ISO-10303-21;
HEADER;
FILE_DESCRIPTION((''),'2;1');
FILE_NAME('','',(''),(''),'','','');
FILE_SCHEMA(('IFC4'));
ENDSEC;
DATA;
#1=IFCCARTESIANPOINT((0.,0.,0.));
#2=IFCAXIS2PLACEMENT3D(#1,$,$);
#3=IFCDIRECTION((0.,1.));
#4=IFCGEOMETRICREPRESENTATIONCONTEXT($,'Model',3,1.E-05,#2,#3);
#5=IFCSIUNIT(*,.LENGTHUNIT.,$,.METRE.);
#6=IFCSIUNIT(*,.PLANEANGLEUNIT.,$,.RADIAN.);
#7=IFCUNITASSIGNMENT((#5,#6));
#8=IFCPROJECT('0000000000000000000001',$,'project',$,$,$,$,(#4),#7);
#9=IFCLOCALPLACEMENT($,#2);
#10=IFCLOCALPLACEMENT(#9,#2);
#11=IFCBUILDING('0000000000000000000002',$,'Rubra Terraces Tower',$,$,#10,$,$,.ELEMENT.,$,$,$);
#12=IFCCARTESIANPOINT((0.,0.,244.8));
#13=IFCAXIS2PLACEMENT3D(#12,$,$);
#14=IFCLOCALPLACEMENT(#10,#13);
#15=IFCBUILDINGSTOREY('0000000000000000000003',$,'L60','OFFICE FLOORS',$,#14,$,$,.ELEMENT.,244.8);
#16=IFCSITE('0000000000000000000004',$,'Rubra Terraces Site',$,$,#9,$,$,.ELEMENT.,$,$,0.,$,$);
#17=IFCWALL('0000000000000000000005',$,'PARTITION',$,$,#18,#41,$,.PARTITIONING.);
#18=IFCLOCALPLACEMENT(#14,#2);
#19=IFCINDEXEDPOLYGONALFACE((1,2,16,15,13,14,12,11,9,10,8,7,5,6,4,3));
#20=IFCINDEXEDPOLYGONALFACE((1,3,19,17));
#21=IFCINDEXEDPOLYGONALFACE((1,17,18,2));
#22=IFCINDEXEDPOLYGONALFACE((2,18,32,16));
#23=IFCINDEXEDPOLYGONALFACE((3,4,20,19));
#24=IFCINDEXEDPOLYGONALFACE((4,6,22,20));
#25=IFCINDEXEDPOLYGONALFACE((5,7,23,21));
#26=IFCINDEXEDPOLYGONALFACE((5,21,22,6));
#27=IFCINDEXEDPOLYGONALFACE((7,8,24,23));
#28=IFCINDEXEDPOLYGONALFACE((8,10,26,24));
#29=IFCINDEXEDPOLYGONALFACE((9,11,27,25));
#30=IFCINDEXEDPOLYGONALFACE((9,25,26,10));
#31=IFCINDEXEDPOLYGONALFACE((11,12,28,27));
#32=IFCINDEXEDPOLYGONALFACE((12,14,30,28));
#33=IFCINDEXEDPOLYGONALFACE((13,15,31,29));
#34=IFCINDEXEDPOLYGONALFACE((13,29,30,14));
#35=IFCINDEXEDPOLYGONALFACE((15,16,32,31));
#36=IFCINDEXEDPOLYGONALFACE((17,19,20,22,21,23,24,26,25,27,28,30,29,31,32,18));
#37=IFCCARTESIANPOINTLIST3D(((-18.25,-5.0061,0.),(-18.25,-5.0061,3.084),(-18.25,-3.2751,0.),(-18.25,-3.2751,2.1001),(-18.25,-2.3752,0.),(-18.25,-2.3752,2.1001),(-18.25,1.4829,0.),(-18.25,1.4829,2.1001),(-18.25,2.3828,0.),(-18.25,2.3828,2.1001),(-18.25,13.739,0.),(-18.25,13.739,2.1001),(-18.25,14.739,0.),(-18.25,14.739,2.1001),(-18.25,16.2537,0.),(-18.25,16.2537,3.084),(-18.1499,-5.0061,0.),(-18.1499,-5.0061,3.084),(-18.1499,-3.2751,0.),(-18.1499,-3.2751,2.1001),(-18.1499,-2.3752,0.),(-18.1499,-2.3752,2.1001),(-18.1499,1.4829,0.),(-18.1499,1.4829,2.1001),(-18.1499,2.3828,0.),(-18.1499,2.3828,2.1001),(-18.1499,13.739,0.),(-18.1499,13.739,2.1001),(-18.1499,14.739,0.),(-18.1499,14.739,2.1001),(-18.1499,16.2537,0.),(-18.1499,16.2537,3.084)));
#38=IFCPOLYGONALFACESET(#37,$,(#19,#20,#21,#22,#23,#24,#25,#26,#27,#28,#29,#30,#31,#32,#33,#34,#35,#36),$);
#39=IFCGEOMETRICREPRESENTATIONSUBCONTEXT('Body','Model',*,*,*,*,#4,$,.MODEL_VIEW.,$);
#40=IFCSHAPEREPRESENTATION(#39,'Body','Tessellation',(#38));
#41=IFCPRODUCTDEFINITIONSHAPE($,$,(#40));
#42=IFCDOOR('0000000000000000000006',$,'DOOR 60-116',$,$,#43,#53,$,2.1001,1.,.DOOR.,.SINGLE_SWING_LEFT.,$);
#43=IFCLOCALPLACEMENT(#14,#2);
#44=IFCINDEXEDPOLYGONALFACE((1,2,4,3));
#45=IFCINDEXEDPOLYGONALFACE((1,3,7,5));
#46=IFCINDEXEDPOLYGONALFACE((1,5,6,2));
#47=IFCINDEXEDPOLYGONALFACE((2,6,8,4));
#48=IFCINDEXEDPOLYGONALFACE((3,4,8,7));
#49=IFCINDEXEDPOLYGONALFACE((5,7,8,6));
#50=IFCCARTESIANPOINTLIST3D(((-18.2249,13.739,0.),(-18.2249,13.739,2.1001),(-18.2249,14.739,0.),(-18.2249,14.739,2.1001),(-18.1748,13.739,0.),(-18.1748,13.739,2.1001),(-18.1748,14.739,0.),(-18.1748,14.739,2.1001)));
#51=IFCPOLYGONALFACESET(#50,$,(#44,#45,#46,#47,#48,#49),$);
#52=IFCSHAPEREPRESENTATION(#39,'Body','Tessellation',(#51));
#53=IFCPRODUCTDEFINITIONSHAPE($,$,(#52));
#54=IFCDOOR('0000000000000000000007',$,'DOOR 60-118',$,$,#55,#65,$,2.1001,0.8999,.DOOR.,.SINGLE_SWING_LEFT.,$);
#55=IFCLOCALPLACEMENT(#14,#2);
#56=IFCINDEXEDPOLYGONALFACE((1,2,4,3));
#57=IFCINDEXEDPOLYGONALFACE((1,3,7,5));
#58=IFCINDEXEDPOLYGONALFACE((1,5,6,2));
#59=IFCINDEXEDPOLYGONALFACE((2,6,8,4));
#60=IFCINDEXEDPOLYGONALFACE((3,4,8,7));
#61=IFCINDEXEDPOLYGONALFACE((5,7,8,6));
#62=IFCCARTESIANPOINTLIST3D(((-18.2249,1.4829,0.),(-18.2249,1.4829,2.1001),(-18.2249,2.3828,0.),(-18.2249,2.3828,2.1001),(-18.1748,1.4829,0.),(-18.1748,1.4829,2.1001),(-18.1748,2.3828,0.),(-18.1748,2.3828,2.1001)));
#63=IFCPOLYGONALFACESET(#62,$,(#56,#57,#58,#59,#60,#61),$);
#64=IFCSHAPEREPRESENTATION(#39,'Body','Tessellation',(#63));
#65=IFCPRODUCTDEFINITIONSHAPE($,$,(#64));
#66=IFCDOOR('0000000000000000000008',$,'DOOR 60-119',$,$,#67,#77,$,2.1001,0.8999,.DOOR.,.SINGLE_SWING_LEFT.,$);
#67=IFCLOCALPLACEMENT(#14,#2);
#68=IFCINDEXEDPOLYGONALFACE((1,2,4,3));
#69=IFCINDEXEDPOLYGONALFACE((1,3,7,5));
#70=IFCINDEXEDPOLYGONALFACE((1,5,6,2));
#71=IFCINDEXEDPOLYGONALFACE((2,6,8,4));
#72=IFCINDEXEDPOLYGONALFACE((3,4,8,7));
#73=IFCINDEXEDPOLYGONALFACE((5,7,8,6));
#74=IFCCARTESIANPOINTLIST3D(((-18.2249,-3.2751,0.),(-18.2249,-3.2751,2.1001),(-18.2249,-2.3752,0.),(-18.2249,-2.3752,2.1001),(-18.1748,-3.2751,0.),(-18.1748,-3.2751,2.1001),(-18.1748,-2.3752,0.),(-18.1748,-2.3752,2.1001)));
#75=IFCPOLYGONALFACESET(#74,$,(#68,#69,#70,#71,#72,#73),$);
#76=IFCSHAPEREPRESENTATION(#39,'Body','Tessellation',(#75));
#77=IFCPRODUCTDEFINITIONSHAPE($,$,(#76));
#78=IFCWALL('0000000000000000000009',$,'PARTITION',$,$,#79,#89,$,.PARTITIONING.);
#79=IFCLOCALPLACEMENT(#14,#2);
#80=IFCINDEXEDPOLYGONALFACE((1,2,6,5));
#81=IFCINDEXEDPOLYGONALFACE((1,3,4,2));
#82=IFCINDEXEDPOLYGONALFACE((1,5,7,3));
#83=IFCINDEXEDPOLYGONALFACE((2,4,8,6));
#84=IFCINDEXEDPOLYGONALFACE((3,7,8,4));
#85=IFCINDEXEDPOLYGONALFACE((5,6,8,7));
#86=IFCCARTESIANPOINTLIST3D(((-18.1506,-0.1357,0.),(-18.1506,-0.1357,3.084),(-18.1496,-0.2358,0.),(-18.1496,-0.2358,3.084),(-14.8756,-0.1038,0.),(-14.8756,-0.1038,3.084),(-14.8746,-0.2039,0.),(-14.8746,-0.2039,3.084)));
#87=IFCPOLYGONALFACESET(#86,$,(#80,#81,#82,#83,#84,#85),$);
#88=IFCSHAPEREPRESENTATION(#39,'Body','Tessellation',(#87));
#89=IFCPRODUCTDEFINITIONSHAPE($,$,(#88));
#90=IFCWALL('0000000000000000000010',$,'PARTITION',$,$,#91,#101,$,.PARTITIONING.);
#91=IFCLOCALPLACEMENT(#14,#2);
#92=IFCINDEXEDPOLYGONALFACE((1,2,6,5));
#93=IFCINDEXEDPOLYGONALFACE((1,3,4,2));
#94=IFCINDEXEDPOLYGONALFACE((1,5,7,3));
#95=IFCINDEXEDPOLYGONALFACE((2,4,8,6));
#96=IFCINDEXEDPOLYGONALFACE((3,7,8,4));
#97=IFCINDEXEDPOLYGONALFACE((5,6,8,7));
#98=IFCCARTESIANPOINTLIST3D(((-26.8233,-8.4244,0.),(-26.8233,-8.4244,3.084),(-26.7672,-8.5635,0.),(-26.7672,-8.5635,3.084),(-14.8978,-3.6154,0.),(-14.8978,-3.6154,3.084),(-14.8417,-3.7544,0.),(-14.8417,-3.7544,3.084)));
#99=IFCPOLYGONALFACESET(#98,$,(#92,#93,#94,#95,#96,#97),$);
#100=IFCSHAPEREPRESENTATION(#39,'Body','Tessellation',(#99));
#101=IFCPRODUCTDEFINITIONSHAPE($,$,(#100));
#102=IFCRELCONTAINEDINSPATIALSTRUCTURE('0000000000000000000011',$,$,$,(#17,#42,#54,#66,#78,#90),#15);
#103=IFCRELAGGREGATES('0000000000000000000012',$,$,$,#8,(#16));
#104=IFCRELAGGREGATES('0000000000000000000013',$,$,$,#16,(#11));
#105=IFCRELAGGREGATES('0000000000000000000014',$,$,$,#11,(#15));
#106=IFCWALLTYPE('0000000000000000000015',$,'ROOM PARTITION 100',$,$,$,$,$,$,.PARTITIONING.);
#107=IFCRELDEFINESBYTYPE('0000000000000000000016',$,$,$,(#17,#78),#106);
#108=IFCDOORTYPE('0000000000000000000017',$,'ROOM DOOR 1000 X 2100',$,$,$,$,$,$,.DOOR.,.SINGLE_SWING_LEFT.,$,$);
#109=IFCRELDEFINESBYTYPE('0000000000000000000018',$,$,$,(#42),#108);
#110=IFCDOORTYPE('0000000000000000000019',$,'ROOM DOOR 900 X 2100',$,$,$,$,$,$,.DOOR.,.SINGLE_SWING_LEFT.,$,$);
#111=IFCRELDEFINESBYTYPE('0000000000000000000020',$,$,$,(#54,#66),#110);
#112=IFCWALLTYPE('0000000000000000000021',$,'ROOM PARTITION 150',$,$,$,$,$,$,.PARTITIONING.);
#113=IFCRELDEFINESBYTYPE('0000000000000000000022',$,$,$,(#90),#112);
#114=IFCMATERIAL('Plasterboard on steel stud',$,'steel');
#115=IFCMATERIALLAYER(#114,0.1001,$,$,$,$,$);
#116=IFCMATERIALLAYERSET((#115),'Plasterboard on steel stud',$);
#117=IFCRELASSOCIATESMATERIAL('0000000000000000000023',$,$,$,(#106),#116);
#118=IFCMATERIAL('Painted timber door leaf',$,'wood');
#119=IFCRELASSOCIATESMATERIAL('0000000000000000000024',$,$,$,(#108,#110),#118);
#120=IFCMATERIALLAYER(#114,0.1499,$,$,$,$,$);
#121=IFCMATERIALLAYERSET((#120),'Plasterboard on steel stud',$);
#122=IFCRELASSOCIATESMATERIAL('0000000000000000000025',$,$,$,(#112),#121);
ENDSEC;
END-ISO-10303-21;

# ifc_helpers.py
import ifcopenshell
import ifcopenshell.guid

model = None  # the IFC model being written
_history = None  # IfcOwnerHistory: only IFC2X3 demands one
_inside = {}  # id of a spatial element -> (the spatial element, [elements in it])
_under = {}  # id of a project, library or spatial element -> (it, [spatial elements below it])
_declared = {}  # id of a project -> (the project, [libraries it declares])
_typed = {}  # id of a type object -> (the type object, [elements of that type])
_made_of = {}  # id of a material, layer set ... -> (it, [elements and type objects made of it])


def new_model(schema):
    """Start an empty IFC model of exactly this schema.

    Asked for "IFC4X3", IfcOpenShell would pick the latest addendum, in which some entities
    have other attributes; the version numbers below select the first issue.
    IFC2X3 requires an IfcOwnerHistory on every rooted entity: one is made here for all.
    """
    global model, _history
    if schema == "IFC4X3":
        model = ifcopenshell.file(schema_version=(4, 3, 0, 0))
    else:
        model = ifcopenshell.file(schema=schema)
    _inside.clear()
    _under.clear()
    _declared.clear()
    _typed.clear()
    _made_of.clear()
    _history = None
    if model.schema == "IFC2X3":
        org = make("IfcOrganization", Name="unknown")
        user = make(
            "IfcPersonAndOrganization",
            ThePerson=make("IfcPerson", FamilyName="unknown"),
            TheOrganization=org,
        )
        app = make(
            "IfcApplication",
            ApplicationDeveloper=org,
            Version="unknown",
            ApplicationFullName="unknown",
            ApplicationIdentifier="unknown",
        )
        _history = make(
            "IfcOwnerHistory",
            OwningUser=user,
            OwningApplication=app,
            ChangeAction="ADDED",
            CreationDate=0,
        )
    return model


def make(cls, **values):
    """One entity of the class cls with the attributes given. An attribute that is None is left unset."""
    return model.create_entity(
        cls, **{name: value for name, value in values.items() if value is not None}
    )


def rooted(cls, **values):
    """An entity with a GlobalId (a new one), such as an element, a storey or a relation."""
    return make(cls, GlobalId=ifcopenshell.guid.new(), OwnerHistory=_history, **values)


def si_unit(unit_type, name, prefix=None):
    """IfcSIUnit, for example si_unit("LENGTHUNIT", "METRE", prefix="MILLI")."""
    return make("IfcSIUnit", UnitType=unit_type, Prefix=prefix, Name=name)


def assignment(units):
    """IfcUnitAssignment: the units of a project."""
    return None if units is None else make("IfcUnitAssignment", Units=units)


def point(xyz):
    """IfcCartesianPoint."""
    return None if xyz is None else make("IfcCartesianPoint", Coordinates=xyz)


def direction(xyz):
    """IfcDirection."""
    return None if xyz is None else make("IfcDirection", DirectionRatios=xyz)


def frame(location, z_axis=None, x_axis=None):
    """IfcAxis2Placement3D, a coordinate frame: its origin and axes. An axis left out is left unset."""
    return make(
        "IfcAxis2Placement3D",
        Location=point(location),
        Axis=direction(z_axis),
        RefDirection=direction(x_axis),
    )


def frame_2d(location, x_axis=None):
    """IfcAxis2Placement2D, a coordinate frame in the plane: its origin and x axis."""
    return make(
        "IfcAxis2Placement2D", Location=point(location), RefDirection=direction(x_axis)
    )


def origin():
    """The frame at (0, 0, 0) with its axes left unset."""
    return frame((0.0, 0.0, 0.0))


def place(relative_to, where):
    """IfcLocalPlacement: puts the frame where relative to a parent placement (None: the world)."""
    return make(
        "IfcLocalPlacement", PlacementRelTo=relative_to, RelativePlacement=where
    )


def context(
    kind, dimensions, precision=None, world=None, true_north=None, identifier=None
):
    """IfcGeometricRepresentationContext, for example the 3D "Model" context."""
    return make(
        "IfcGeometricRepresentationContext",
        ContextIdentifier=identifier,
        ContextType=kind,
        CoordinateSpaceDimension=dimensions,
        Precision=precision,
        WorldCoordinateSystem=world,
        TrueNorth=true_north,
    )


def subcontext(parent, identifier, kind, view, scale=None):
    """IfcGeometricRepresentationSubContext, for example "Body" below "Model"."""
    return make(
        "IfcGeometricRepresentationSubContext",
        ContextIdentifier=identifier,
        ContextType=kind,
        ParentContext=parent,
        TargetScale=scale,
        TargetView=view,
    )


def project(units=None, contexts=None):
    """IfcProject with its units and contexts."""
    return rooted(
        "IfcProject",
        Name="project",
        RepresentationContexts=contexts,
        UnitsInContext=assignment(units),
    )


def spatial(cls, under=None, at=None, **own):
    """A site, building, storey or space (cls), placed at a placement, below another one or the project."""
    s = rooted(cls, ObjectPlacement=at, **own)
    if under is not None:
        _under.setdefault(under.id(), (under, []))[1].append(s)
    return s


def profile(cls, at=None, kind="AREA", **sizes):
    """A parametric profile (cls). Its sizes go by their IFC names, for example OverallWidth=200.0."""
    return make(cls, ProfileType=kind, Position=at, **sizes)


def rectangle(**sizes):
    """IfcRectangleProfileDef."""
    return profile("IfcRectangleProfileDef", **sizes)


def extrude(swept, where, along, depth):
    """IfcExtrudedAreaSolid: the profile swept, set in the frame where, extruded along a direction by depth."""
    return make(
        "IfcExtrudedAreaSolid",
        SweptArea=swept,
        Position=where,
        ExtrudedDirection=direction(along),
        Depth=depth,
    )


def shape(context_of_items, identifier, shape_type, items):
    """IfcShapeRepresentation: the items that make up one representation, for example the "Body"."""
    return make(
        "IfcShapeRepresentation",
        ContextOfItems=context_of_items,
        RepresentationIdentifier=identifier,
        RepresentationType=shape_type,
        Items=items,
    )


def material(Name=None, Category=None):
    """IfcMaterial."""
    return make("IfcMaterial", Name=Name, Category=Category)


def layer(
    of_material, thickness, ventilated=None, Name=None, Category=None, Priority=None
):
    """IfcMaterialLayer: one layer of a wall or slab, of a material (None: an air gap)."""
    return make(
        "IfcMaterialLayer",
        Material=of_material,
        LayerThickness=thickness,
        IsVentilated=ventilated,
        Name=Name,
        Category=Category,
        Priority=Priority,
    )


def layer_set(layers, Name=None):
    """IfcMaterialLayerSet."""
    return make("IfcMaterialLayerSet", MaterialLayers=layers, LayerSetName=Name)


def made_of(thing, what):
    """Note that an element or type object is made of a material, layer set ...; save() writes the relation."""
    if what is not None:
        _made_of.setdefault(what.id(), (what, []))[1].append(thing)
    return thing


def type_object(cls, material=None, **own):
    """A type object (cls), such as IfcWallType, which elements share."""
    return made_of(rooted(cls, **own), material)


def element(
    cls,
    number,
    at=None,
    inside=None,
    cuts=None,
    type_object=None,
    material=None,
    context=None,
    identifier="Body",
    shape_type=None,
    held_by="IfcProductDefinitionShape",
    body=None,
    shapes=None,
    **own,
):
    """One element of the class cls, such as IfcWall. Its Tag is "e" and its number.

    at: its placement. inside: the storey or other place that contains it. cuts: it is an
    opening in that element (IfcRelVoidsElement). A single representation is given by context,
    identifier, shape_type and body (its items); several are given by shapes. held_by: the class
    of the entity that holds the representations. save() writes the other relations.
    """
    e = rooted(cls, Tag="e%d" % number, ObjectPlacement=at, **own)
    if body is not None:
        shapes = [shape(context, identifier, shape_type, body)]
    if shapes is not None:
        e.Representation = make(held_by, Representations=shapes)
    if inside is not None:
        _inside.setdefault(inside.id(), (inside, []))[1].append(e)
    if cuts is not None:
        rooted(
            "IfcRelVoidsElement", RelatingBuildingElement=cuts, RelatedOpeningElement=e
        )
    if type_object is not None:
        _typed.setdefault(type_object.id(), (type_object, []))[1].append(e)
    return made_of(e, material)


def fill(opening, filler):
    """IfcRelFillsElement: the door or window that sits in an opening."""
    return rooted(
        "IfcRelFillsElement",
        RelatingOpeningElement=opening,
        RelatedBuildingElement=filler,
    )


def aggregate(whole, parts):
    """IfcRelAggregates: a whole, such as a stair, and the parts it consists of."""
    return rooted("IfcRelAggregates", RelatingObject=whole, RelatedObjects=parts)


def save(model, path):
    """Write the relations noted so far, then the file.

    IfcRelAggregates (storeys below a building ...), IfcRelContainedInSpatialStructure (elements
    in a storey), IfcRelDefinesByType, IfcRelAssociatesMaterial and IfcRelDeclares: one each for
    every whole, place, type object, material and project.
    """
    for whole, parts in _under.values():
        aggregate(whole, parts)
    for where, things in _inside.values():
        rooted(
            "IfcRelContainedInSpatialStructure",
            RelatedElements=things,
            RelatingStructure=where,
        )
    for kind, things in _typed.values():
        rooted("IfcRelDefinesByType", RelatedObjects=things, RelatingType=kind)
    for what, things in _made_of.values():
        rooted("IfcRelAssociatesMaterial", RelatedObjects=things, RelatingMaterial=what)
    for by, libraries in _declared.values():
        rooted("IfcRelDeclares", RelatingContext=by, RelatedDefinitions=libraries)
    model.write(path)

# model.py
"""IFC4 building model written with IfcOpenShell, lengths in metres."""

from ifc_helpers import new_model, si_unit, direction, frame, frame_2d, origin, place, context, subcontext, project, spatial, rectangle, extrude, material, layer, layer_set, type_object, element, fill, save


model = new_model("IFC4")

# Units and contexts
model_context = context("Model", 3, precision=1e-05, world=origin(), true_north=direction((0.0, 1.0)))
body_context = subcontext(model_context, "Body", "Model", "MODEL_VIEW")
ifc_project = project(units=[si_unit("LENGTHUNIT", "METRE"), si_unit("PLANEANGLEUNIT", "RADIAN")], contexts=[model_context])

# Site, building, storey
site_placement = place(None, origin())
site = spatial("IfcSite", under=ifc_project, at=site_placement, Name="Rubra Terraces Site", CompositionType="ELEMENT", RefElevation=0.0)
building_placement = place(site_placement, origin())
building = spatial("IfcBuilding", under=site, at=building_placement, Name="Rubra Terraces Tower", CompositionType="ELEMENT")
storey_placement = place(building_placement, frame((0.0, 0.0, 244.8)))
storey = spatial("IfcBuildingStorey", under=building, at=storey_placement, Name="L60", Description="OFFICE FLOORS", CompositionType="ELEMENT", Elevation=244.8)

# Wall, openings, doors
ifc_material_1 = material(Name="Plasterboard on steel stud", Category="steel")
ifc_layer_1 = layer(ifc_material_1, 0.1001)
ifc_layer_set_1 = layer_set([ifc_layer_1], Name="Plasterboard on steel stud")
wall_type_1 = type_object("IfcWallType", Name="ROOM PARTITION 100", PredefinedType="PARTITIONING", material=ifc_layer_set_1)
wall_1_placement = place(storey_placement, frame((-18.2, -5.0061, 0.0), z_axis=(0.0, 0.0, 1.0), x_axis=(0.0, 1.0, 0.0)))
wall_1 = element("IfcWall", 1, at=wall_1_placement, inside=storey, type_object=wall_type_1, Name="PARTITION", PredefinedType="PARTITIONING", context=body_context, shape_type="SweptSolid", body=[
    extrude(rectangle(XDim=21.2598, YDim=0.1001, at=frame_2d((10.6299, 0.0))), origin(), (0.0, 0.0, 1.0), 3.084),
])
opening_1_placement = place(wall_1_placement, frame((18.7451, 0.0, 0.0)))
opening_1 = element("IfcOpeningElement", 2, at=opening_1_placement, cuts=wall_1, PredefinedType="OPENING", context=body_context, shape_type="SweptSolid", body=[
    extrude(rectangle(XDim=1.0, YDim=2.1001, at=frame_2d((0.5, 1.05))), frame((0.0, 0.0601, 0.0), z_axis=(0.0, -1.0, 0.0), x_axis=(1.0, 0.0, 0.0)), (0.0, 0.0, 1.0), 0.1201),
])
opening_2_placement = place(wall_1_placement, frame((6.489, 0.0, 0.0)))
opening_2 = element("IfcOpeningElement", 3, at=opening_2_placement, cuts=wall_1, PredefinedType="OPENING", context=body_context, shape_type="SweptSolid", body=[
    extrude(rectangle(XDim=0.8999, YDim=2.1001, at=frame_2d((0.45, 1.05))), frame((0.0, 0.0601, 0.0), z_axis=(0.0, -1.0, 0.0), x_axis=(1.0, 0.0, 0.0)), (0.0, 0.0, 1.0), 0.1201),
])
opening_3_placement = place(wall_1_placement, frame((1.731, 0.0, 0.0)))
opening_3 = element("IfcOpeningElement", 4, at=opening_3_placement, cuts=wall_1, PredefinedType="OPENING", context=body_context, shape_type="SweptSolid", body=[
    extrude(rectangle(XDim=0.8999, YDim=2.1001, at=frame_2d((0.45, 1.05))), frame((0.0, 0.0601, 0.0), z_axis=(0.0, -1.0, 0.0), x_axis=(1.0, 0.0, 0.0)), (0.0, 0.0, 1.0), 0.1201),
])
ifc_material_2 = material(Name="Painted timber door leaf", Category="wood")
door_type_1 = type_object("IfcDoorType", Name="ROOM DOOR 1000 X 2100", OperationType="SINGLE_SWING_LEFT", PredefinedType="DOOR", material=ifc_material_2)
door_1_placement = place(opening_1_placement, origin())
door_1 = element("IfcDoor", 5, at=door_1_placement, inside=storey, type_object=door_type_1, Name="DOOR 60-116", OperationType="SINGLE_SWING_LEFT", OverallHeight=2.1001, OverallWidth=1.0, PredefinedType="DOOR", context=body_context, shape_type="SweptSolid", body=[
    extrude(rectangle(XDim=1.0, YDim=2.1001, at=frame_2d((0.5, 1.05))), frame((0.0, 0.0249, 0.0), z_axis=(0.0, -1.0, 0.0), x_axis=(1.0, 0.0, 0.0)), (0.0, 0.0, 1.0), 0.05),
])
fill(opening_1, door_1)
door_type_2 = type_object("IfcDoorType", Name="ROOM DOOR 900 X 2100", OperationType="SINGLE_SWING_LEFT", PredefinedType="DOOR", material=ifc_material_2)
door_2_placement = place(opening_2_placement, origin())
door_2 = element("IfcDoor", 6, at=door_2_placement, inside=storey, type_object=door_type_2, Name="DOOR 60-118", OperationType="SINGLE_SWING_LEFT", OverallHeight=2.1001, OverallWidth=0.8999, PredefinedType="DOOR", context=body_context, shape_type="SweptSolid", body=[
    extrude(rectangle(XDim=0.8999, YDim=2.1001, at=frame_2d((0.45, 1.05))), frame((0.0, 0.0249, 0.0), z_axis=(0.0, -1.0, 0.0), x_axis=(1.0, 0.0, 0.0)), (0.0, 0.0, 1.0), 0.05),
])
fill(opening_2, door_2)
door_3_placement = place(opening_3_placement, origin())
door_3 = element("IfcDoor", 7, at=door_3_placement, inside=storey, type_object=door_type_2, Name="DOOR 60-119", OperationType="SINGLE_SWING_LEFT", OverallHeight=2.1001, OverallWidth=0.8999, PredefinedType="DOOR", context=body_context, shape_type="SweptSolid", body=[
    extrude(rectangle(XDim=0.8999, YDim=2.1001, at=frame_2d((0.45, 1.05))), frame((0.0, 0.0249, 0.0), z_axis=(0.0, -1.0, 0.0), x_axis=(1.0, 0.0, 0.0)), (0.0, 0.0, 1.0), 0.05),
])
fill(opening_3, door_3)

# Walls
wall_2_placement = place(storey_placement, frame((-14.875, -0.1538, 0.0), z_axis=(0.0, 0.0, 1.0), x_axis=(-0.999952, -0.009765, 0.0)))
element("IfcWall", 8, at=wall_2_placement, inside=storey, type_object=wall_type_1, Name="PARTITION", PredefinedType="PARTITIONING", context=body_context, shape_type="SweptSolid", body=[
    extrude(rectangle(XDim=3.2751, YDim=0.1001, at=frame_2d((1.6377, 0.0))), origin(), (0.0, 0.0, 1.0), 3.084),
])
ifc_layer_2 = layer(ifc_material_1, 0.1499)
ifc_layer_set_2 = layer_set([ifc_layer_2], Name="Plasterboard on steel stud")
wall_type_2 = type_object("IfcWallType", Name="ROOM PARTITION 150", PredefinedType="PARTITIONING", material=ifc_layer_set_2)
wall_3_placement = place(storey_placement, frame((-26.7952, -8.4939, 0.0), z_axis=(0.0, 0.0, 1.0), x_axis=(0.927431, 0.373995, 0.0)))
element("IfcWall", 9, at=wall_3_placement, inside=storey, type_object=wall_type_2, Name="PARTITION", PredefinedType="PARTITIONING", context=body_context, shape_type="SweptSolid", body=[
    extrude(rectangle(XDim=12.8586, YDim=0.1499, at=frame_2d((6.4292, 0.0))), origin(), (0.0, 0.0, 1.0), 3.084),
])

save(model, "model.ifc")
